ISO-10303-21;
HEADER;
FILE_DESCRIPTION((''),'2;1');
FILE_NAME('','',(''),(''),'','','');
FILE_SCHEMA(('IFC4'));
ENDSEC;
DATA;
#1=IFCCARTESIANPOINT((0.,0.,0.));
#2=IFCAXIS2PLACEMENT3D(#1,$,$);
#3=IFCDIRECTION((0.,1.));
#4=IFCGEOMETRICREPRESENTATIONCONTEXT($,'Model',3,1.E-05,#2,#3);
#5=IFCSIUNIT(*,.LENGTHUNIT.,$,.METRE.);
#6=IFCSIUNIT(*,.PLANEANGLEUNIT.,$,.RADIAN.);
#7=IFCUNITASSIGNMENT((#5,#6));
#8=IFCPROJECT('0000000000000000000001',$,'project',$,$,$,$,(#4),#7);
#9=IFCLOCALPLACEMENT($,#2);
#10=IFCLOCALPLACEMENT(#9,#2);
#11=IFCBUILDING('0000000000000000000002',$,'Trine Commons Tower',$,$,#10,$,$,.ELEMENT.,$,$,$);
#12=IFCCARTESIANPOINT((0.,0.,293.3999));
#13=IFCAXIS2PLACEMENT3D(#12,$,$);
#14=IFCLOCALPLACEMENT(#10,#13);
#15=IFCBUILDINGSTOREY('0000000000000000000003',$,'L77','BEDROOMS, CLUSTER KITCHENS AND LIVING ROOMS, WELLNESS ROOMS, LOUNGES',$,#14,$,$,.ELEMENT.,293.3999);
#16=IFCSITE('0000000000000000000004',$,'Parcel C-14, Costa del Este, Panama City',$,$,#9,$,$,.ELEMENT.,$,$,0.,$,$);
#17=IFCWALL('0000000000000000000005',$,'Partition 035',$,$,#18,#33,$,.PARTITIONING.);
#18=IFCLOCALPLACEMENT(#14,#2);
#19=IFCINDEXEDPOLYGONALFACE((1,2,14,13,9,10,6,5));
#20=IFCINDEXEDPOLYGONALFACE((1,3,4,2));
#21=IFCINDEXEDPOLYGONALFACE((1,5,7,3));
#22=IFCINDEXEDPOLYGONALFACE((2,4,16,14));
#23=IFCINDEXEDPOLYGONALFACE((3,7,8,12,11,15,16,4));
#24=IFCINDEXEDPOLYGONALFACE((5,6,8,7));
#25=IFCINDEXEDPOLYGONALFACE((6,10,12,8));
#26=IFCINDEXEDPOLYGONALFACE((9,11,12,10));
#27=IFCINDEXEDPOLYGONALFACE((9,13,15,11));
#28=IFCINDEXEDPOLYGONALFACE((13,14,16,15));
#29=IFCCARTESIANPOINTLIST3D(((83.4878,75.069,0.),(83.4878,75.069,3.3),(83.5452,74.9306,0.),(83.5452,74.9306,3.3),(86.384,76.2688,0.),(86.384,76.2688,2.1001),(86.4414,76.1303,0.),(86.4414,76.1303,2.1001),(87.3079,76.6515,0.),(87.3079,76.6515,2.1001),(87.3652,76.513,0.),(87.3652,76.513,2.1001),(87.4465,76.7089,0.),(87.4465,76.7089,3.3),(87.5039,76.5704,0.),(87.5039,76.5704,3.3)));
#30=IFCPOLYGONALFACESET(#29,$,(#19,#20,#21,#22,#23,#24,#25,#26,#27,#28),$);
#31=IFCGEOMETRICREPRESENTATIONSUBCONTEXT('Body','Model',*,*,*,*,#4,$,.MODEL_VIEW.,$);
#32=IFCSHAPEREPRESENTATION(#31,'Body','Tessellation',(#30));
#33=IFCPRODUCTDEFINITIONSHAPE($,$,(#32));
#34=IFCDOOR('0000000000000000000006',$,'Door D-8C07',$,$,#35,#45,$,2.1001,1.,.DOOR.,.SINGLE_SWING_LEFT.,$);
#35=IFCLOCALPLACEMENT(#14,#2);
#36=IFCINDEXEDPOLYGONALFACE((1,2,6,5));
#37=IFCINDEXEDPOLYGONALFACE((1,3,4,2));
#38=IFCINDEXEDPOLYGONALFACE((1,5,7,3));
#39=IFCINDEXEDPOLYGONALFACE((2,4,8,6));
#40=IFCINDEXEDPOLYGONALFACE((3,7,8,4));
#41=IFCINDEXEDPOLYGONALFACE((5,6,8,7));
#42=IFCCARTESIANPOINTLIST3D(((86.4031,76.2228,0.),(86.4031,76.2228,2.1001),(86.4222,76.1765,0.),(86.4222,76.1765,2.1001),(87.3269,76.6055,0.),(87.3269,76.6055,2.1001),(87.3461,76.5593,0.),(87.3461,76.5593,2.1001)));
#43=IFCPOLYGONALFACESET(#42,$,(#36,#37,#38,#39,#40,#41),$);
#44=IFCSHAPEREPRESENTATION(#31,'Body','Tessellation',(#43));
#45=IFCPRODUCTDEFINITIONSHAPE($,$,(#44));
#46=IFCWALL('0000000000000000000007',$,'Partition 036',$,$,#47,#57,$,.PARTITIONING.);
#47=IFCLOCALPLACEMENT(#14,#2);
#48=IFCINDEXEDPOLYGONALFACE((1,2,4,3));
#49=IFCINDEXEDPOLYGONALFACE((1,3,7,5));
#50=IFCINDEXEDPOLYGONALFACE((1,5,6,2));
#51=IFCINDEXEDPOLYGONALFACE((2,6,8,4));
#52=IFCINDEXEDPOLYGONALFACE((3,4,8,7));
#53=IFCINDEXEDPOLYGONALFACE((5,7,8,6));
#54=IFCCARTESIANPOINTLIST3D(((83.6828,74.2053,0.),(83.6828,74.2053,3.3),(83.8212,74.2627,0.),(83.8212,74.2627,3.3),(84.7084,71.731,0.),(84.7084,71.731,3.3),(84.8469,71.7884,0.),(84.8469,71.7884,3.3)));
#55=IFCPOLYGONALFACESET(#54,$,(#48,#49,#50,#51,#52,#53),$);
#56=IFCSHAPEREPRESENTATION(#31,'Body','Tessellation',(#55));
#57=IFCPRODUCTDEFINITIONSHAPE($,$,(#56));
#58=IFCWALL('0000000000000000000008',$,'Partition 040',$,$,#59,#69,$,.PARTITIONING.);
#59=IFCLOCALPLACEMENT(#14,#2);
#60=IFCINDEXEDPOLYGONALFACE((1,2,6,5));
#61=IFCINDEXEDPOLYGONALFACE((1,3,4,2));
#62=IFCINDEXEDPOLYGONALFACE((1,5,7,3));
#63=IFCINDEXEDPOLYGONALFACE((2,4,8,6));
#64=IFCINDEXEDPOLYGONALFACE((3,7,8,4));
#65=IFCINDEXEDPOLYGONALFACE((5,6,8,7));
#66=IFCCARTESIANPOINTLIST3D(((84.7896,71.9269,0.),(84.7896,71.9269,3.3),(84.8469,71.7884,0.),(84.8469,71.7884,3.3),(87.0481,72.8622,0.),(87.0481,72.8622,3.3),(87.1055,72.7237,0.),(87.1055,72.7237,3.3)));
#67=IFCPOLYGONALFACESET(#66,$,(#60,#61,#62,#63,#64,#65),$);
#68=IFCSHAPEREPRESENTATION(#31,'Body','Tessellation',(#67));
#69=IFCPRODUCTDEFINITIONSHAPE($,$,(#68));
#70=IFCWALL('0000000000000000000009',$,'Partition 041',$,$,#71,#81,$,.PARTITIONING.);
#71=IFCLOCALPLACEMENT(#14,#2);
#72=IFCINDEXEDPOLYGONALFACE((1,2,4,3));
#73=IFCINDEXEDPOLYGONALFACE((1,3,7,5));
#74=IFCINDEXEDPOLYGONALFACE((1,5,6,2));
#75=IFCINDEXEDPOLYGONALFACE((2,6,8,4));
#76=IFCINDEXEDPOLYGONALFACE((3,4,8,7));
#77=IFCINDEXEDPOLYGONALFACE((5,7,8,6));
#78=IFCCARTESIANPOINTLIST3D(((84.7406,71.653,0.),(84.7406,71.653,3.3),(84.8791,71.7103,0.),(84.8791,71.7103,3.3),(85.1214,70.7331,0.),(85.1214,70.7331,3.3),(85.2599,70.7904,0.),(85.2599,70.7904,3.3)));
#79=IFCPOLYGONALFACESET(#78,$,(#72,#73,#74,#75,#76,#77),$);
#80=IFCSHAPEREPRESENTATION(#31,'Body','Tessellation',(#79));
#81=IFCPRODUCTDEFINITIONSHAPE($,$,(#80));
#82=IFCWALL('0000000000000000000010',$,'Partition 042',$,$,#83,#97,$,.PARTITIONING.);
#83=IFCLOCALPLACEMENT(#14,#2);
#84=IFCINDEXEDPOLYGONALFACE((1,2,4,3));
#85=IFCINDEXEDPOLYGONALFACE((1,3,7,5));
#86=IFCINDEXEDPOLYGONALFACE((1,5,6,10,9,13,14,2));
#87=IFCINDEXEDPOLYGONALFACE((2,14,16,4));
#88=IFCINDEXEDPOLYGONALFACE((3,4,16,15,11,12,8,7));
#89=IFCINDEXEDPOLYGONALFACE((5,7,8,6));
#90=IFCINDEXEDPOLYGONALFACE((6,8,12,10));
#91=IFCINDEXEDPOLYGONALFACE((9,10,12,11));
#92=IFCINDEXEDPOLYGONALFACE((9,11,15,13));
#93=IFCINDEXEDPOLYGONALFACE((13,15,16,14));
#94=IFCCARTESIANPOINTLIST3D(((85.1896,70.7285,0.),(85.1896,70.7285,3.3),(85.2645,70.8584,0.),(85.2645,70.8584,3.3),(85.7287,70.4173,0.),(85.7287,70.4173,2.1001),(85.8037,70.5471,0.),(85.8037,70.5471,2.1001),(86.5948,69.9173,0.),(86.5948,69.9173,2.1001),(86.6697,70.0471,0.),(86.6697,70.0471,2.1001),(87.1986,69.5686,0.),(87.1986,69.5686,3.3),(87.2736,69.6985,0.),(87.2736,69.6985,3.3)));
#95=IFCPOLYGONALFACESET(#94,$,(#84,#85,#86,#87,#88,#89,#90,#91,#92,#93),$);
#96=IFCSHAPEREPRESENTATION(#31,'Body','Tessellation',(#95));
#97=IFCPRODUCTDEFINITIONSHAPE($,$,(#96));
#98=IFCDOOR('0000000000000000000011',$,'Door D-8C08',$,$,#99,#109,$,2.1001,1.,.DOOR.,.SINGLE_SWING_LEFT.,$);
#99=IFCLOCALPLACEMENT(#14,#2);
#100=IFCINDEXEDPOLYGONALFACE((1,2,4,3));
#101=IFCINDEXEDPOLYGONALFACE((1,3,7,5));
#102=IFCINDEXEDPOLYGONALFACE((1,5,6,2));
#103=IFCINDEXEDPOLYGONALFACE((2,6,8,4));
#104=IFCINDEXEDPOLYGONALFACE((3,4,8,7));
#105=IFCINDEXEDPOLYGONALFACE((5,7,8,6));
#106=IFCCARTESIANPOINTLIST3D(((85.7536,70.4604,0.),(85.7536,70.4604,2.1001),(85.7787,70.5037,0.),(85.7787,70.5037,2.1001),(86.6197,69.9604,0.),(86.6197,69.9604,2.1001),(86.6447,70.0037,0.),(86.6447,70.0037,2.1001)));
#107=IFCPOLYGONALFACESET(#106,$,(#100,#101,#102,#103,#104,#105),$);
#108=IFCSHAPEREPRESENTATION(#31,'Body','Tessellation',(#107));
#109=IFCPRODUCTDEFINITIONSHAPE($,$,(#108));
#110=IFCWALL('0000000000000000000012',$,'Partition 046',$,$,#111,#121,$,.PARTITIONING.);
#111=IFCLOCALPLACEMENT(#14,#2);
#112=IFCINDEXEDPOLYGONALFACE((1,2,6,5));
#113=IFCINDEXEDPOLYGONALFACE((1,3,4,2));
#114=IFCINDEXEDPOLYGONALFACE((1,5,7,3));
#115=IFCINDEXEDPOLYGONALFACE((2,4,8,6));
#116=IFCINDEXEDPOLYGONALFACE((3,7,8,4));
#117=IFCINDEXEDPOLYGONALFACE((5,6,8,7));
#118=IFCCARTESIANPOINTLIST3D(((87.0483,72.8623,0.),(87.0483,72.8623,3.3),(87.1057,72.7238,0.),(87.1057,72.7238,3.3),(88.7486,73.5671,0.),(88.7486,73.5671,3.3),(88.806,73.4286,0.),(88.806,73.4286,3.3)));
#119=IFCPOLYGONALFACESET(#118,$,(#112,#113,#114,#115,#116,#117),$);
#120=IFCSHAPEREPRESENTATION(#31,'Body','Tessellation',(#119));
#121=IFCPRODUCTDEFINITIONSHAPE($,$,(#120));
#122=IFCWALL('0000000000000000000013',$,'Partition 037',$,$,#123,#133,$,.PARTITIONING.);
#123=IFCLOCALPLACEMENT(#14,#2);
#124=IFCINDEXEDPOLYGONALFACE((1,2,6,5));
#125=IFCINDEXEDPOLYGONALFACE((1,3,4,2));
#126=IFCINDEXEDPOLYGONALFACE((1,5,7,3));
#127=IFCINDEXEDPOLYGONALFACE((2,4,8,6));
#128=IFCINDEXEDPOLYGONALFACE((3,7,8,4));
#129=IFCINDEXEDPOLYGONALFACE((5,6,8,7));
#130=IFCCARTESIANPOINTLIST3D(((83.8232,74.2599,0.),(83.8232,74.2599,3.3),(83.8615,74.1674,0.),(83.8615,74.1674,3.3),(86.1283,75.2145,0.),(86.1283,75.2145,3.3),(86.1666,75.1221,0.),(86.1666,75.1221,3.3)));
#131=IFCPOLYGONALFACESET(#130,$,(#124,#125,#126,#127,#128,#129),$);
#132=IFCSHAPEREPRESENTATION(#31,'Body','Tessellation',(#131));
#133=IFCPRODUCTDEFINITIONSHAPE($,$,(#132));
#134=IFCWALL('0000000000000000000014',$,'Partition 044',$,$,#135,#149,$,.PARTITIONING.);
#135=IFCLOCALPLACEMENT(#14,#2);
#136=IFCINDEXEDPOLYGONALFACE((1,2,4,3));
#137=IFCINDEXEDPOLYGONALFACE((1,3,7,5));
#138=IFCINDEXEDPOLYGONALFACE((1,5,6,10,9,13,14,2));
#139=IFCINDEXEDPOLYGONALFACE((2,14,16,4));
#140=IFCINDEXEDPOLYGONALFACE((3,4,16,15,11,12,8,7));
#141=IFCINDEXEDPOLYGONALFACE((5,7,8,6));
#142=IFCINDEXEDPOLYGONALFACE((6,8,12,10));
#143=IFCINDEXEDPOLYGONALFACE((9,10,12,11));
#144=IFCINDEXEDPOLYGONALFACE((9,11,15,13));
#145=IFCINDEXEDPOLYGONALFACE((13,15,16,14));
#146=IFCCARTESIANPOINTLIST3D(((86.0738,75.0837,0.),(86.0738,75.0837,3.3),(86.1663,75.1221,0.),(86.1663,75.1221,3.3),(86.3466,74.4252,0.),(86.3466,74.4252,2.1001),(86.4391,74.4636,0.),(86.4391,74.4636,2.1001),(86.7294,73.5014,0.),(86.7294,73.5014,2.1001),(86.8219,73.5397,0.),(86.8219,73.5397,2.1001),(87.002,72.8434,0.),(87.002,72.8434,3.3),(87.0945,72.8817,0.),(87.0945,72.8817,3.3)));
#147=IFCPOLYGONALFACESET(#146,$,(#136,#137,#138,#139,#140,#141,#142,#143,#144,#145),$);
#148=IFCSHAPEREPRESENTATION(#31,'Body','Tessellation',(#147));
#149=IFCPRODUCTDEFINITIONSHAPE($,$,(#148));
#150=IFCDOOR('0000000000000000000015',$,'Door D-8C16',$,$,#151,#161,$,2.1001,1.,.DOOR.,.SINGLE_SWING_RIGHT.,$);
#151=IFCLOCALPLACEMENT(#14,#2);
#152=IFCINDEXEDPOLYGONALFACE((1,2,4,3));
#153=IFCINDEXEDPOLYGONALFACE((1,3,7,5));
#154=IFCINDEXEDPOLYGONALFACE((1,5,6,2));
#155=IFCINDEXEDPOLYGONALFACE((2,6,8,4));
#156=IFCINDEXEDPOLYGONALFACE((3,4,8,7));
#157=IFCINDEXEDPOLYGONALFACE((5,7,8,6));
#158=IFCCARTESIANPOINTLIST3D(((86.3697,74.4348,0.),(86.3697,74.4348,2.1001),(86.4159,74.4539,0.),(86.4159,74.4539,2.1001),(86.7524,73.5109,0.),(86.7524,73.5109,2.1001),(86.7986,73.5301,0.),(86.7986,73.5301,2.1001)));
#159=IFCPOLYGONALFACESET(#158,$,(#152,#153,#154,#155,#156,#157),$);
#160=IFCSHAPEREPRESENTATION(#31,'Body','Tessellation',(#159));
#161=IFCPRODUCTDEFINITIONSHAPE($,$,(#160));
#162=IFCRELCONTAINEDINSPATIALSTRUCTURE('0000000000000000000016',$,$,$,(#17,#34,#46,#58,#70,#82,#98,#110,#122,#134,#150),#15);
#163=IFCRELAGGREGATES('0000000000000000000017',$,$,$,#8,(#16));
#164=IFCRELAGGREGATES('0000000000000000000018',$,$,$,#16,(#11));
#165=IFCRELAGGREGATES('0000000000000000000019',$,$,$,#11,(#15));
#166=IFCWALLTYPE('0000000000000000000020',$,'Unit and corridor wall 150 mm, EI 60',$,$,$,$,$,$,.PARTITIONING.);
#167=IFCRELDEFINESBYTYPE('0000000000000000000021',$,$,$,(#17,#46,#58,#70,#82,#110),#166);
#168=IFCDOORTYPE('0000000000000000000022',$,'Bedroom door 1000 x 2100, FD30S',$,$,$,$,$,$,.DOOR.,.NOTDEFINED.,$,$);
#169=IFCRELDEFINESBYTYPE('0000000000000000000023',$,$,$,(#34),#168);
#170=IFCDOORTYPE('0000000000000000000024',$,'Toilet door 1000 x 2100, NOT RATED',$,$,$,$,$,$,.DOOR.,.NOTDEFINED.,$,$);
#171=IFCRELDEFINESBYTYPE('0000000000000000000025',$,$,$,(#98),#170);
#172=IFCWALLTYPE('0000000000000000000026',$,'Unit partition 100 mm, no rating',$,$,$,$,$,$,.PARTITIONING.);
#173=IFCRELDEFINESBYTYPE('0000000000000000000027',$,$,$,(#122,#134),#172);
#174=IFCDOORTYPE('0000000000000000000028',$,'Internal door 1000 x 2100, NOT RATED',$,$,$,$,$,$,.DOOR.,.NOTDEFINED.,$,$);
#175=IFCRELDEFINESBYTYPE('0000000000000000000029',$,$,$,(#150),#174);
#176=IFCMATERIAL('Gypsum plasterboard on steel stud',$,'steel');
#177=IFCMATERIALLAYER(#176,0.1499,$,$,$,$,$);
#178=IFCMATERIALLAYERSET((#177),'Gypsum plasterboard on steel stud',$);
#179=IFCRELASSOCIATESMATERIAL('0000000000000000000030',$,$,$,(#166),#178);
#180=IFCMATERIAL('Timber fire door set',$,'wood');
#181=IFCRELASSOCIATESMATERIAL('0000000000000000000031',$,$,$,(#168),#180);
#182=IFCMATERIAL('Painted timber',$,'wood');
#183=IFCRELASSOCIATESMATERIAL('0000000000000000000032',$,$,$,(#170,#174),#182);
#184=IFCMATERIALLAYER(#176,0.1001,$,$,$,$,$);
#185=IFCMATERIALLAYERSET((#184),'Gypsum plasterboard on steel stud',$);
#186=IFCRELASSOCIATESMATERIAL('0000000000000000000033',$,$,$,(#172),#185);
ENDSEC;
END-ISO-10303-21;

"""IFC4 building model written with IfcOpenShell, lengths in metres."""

from ifc_helpers import new_model, si_unit, direction, frame, frame_2d, origin, place, context, subcontext, project, spatial, rectangle, extrude, material, layer, layer_set, type_object, element, fill, save


model = new_model("IFC4")

# Units and contexts
model_context = context("Model", 3, precision=1e-05, world=origin(), true_north=direction((0.0, 1.0)))
body_context = subcontext(model_context, "Body", "Model", "MODEL_VIEW")
ifc_project = project(units=[si_unit("LENGTHUNIT", "METRE"), si_unit("PLANEANGLEUNIT", "RADIAN")], contexts=[model_context])

# Site, building, storey
site_placement = place(None, origin())
site = spatial("IfcSite", under=ifc_project, at=site_placement, Name="Parcel C-14, Costa del Este, Panama City", CompositionType="ELEMENT", RefElevation=0.0)
building_placement = place(site_placement, origin())
building = spatial("IfcBuilding", under=site, at=building_placement, Name="Trine Commons Tower", CompositionType="ELEMENT")
storey_placement = place(building_placement, frame((0.0, 0.0, 293.3999)))
storey = spatial("IfcBuildingStorey", under=building, at=storey_placement, Name="L77", Description="BEDROOMS, CLUSTER KITCHENS AND LIVING ROOMS, WELLNESS ROOMS, LOUNGES", CompositionType="ELEMENT", Elevation=293.3999)

# Shared definitions
ifc_material_1 = material(Name="Gypsum plasterboard on steel stud", Category="steel")
ifc_layer_1 = layer(ifc_material_1, 0.1499)
ifc_layer_set_1 = layer_set([ifc_layer_1], Name="Gypsum plasterboard on steel stud")
wall_type_1 = type_object("IfcWallType", Name="Unit and corridor wall 150 mm, EI 60", PredefinedType="PARTITIONING", material=ifc_layer_set_1)

# Wall, opening, door
wall_1_placement = place(storey_placement, frame((83.5164, 74.9998, 0.0), z_axis=(0.0, 0.0, 1.0), x_axis=(0.923869, 0.382709, 0.0)))
wall_1 = element("IfcWall", 1, at=wall_1_placement, inside=storey, type_object=wall_type_1, Name="Partition 035", PredefinedType="PARTITIONING", context=body_context, shape_type="SweptSolid", body=[
    extrude(rectangle(XDim=4.2849, YDim=0.1499, at=frame_2d((2.1426, 0.0))), origin(), (0.0, 0.0, 1.0), 3.3),
])
opening_1_placement = place(wall_1_placement, frame((3.135, 0.0, 0.0)))
opening_1 = element("IfcOpeningElement", 2, at=opening_1_placement, cuts=wall_1, PredefinedType="OPENING", context=body_context, shape_type="SweptSolid", body=[
    extrude(rectangle(XDim=1.0, YDim=2.1001, at=frame_2d((0.5, 1.05))), frame((0.0, 0.085, 0.0), z_axis=(0.0, -1.0, 0.0), x_axis=(1.0, 0.0, 0.0)), (0.0, 0.0, 1.0), 0.1699),
])
ifc_material_2 = material(Name="Timber fire door set", Category="wood")
door_type_1 = type_object("IfcDoorType", Name="Bedroom door 1000 x 2100, FD30S", OperationType="NOTDEFINED", PredefinedType="DOOR", material=ifc_material_2)
door_1_placement = place(opening_1_placement, frame((1.0, 0.0, 0.0), z_axis=(0.0, 0.0, 1.0), x_axis=(-1.0, 0.0, 0.0)))
door_1 = element("IfcDoor", 3, at=door_1_placement, inside=storey, type_object=door_type_1, Name="Door D-8C07", OperationType="SINGLE_SWING_LEFT", OverallHeight=2.1001, OverallWidth=1.0, PredefinedType="DOOR", context=body_context, shape_type="SweptSolid", body=[
    extrude(rectangle(XDim=1.0, YDim=2.1001, at=frame_2d((0.5, 1.05))), frame((0.0, 0.0249, 0.0), z_axis=(0.0, -1.0, 0.0), x_axis=(1.0, 0.0, 0.0)), (0.0, 0.0, 1.0), 0.05),
])
fill(opening_1, door_1)

# Walls
wall_2_placement = place(storey_placement, frame((83.752, 74.2341, 0.0), z_axis=(0.0, 0.0, 1.0), x_axis=(0.382913, -0.923785, 0.0)))
element("IfcWall", 4, at=wall_2_placement, inside=storey, type_object=wall_type_1, Name="Partition 036", PredefinedType="PARTITIONING", context=body_context, shape_type="SweptSolid", body=[
    extrude(rectangle(XDim=2.6785, YDim=0.1499, at=frame_2d((1.3394, 0.0))), origin(), (0.0, 0.0, 1.0), 3.3),
])
wall_3_placement = place(storey_placement, frame((84.8184, 71.8577, 0.0), z_axis=(0.0, 0.0, 1.0), x_axis=(0.923911, 0.382608, 0.0)))
element("IfcWall", 5, at=wall_3_placement, inside=storey, type_object=wall_type_1, Name="Partition 040", PredefinedType="PARTITIONING", context=body_context, shape_type="SweptSolid", body=[
    extrude(rectangle(XDim=2.4446, YDim=0.1499, at=frame_2d((1.2222, 0.0))), origin(), (0.0, 0.0, 1.0), 3.3),
])
wall_4_placement = place(storey_placement, frame((84.8098, 71.6816, 0.0), z_axis=(0.0, 0.0, 1.0), x_axis=(0.382525, -0.923945, 0.0)))
element("IfcWall", 6, at=wall_4_placement, inside=storey, type_object=wall_type_1, Name="Partition 041", PredefinedType="PARTITIONING", context=body_context, shape_type="SweptSolid", body=[
    extrude(rectangle(XDim=0.9956, YDim=0.1499, at=frame_2d((0.4978, 0.0))), origin(), (0.0, 0.0, 1.0), 3.3),
])

# Wall, opening, door
wall_5_placement = place(storey_placement, frame((85.2271, 70.7935, 0.0), z_axis=(0.0, 0.0, 1.0), x_axis=(0.866026, -0.499999, 0.0)))
wall_5 = element("IfcWall", 7, at=wall_5_placement, inside=storey, type_object=wall_type_1, Name="Partition 042", PredefinedType="PARTITIONING", context=body_context, shape_type="SweptSolid", body=[
    extrude(rectangle(XDim=2.3198, YDim=0.1499, at=frame_2d((1.1599, 0.0))), origin(), (0.0, 0.0, 1.0), 3.3),
])
opening_2_placement = place(wall_5_placement, frame((0.6226, 0.0, 0.0)))
opening_2 = element("IfcOpeningElement", 8, at=opening_2_placement, cuts=wall_5, PredefinedType="OPENING", context=body_context, shape_type="SweptSolid", body=[
    extrude(rectangle(XDim=1.0, YDim=2.1001, at=frame_2d((0.5, 1.05))), frame((0.0, 0.085, 0.0), z_axis=(0.0, -1.0, 0.0), x_axis=(1.0, 0.0, 0.0)), (0.0, 0.0, 1.0), 0.1699),
])
ifc_material_3 = material(Name="Painted timber", Category="wood")
door_type_2 = type_object("IfcDoorType", Name="Toilet door 1000 x 2100, NOT RATED", OperationType="NOTDEFINED", PredefinedType="DOOR", material=ifc_material_3)
door_2_placement = place(opening_2_placement, origin())
door_2 = element("IfcDoor", 9, at=door_2_placement, inside=storey, type_object=door_type_2, Name="Door D-8C08", OperationType="SINGLE_SWING_LEFT", OverallHeight=2.1001, OverallWidth=1.0, PredefinedType="DOOR", context=body_context, shape_type="SweptSolid", body=[
    extrude(rectangle(XDim=1.0, YDim=2.1001, at=frame_2d((0.5, 1.05))), frame((0.0, 0.0249, 0.0), z_axis=(0.0, -1.0, 0.0), x_axis=(1.0, 0.0, 0.0)), (0.0, 0.0, 1.0), 0.05),
])
fill(opening_2, door_2)

# Walls
wall_6_placement = place(storey_placement, frame((87.0769, 72.793, 0.0), z_axis=(0.0, 0.0, 1.0), x_axis=(0.923766, 0.382957, 0.0)))
element("IfcWall", 10, at=wall_6_placement, inside=storey, type_object=wall_type_1, Name="Partition 046", PredefinedType="PARTITIONING", context=body_context, shape_type="SweptSolid", body=[
    extrude(rectangle(XDim=1.8406, YDim=0.1499, at=frame_2d((0.9204, 0.0))), origin(), (0.0, 0.0, 1.0), 3.3),
])
ifc_layer_2 = layer(ifc_material_1, 0.1001)
ifc_layer_set_2 = layer_set([ifc_layer_2], Name="Gypsum plasterboard on steel stud")
wall_type_2 = type_object("IfcWallType", Name="Unit partition 100 mm, no rating", PredefinedType="PARTITIONING", material=ifc_layer_set_2)
wall_7_placement = place(storey_placement, frame((83.8423, 74.2136, 0.0), z_axis=(0.0, 0.0, 1.0), x_axis=(0.9239, 0.382634, 0.0)))
element("IfcWall", 11, at=wall_7_placement, inside=storey, type_object=wall_type_2, Name="Partition 037", PredefinedType="PARTITIONING", context=body_context, shape_type="SweptSolid", body=[
    extrude(rectangle(XDim=2.4949, YDim=0.1001, at=frame_2d((1.2476, 0.0))), origin(), (0.0, 0.0, 1.0), 3.3),
])

# Wall, opening, door
wall_8_placement = place(storey_placement, frame((86.1201, 75.1028, 0.0), z_axis=(0.0, 0.0, 1.0), x_axis=(0.382749, -0.923852, 0.0)))
wall_8 = element("IfcWall", 12, at=wall_8_placement, inside=storey, type_object=wall_type_2, Name="Partition 044", PredefinedType="PARTITIONING", context=body_context, shape_type="SweptSolid", body=[
    extrude(rectangle(XDim=2.425, YDim=0.1001, at=frame_2d((1.2124, 0.0))), origin(), (0.0, 0.0, 1.0), 3.3),
])
opening_3_placement = place(wall_8_placement, frame((0.7126, 0.0, 0.0)))
opening_3 = element("IfcOpeningElement", 13, at=opening_3_placement, cuts=wall_8, PredefinedType="OPENING", context=body_context, shape_type="SweptSolid", body=[
    extrude(rectangle(XDim=1.0, YDim=2.1001, at=frame_2d((0.5, 1.05))), frame((0.0, 0.0601, 0.0), z_axis=(0.0, -1.0, 0.0), x_axis=(1.0, 0.0, 0.0)), (0.0, 0.0, 1.0), 0.1201),
])
door_type_3 = type_object("IfcDoorType", Name="Internal door 1000 x 2100, NOT RATED", OperationType="NOTDEFINED", PredefinedType="DOOR", material=ifc_material_3)
door_3_placement = place(opening_3_placement, origin())
door_3 = element("IfcDoor", 14, at=door_3_placement, inside=storey, type_object=door_type_3, Name="Door D-8C16", OperationType="SINGLE_SWING_RIGHT", OverallHeight=2.1001, OverallWidth=1.0, PredefinedType="DOOR", context=body_context, shape_type="SweptSolid", body=[
    extrude(rectangle(XDim=1.0, YDim=2.1001, at=frame_2d((0.5, 1.05))), frame((0.0, 0.0249, 0.0), z_axis=(0.0, -1.0, 0.0), x_axis=(1.0, 0.0, 0.0)), (0.0, 0.0, 1.0), 0.05),
])
fill(opening_3, door_3)

save(model, "model.ifc")
